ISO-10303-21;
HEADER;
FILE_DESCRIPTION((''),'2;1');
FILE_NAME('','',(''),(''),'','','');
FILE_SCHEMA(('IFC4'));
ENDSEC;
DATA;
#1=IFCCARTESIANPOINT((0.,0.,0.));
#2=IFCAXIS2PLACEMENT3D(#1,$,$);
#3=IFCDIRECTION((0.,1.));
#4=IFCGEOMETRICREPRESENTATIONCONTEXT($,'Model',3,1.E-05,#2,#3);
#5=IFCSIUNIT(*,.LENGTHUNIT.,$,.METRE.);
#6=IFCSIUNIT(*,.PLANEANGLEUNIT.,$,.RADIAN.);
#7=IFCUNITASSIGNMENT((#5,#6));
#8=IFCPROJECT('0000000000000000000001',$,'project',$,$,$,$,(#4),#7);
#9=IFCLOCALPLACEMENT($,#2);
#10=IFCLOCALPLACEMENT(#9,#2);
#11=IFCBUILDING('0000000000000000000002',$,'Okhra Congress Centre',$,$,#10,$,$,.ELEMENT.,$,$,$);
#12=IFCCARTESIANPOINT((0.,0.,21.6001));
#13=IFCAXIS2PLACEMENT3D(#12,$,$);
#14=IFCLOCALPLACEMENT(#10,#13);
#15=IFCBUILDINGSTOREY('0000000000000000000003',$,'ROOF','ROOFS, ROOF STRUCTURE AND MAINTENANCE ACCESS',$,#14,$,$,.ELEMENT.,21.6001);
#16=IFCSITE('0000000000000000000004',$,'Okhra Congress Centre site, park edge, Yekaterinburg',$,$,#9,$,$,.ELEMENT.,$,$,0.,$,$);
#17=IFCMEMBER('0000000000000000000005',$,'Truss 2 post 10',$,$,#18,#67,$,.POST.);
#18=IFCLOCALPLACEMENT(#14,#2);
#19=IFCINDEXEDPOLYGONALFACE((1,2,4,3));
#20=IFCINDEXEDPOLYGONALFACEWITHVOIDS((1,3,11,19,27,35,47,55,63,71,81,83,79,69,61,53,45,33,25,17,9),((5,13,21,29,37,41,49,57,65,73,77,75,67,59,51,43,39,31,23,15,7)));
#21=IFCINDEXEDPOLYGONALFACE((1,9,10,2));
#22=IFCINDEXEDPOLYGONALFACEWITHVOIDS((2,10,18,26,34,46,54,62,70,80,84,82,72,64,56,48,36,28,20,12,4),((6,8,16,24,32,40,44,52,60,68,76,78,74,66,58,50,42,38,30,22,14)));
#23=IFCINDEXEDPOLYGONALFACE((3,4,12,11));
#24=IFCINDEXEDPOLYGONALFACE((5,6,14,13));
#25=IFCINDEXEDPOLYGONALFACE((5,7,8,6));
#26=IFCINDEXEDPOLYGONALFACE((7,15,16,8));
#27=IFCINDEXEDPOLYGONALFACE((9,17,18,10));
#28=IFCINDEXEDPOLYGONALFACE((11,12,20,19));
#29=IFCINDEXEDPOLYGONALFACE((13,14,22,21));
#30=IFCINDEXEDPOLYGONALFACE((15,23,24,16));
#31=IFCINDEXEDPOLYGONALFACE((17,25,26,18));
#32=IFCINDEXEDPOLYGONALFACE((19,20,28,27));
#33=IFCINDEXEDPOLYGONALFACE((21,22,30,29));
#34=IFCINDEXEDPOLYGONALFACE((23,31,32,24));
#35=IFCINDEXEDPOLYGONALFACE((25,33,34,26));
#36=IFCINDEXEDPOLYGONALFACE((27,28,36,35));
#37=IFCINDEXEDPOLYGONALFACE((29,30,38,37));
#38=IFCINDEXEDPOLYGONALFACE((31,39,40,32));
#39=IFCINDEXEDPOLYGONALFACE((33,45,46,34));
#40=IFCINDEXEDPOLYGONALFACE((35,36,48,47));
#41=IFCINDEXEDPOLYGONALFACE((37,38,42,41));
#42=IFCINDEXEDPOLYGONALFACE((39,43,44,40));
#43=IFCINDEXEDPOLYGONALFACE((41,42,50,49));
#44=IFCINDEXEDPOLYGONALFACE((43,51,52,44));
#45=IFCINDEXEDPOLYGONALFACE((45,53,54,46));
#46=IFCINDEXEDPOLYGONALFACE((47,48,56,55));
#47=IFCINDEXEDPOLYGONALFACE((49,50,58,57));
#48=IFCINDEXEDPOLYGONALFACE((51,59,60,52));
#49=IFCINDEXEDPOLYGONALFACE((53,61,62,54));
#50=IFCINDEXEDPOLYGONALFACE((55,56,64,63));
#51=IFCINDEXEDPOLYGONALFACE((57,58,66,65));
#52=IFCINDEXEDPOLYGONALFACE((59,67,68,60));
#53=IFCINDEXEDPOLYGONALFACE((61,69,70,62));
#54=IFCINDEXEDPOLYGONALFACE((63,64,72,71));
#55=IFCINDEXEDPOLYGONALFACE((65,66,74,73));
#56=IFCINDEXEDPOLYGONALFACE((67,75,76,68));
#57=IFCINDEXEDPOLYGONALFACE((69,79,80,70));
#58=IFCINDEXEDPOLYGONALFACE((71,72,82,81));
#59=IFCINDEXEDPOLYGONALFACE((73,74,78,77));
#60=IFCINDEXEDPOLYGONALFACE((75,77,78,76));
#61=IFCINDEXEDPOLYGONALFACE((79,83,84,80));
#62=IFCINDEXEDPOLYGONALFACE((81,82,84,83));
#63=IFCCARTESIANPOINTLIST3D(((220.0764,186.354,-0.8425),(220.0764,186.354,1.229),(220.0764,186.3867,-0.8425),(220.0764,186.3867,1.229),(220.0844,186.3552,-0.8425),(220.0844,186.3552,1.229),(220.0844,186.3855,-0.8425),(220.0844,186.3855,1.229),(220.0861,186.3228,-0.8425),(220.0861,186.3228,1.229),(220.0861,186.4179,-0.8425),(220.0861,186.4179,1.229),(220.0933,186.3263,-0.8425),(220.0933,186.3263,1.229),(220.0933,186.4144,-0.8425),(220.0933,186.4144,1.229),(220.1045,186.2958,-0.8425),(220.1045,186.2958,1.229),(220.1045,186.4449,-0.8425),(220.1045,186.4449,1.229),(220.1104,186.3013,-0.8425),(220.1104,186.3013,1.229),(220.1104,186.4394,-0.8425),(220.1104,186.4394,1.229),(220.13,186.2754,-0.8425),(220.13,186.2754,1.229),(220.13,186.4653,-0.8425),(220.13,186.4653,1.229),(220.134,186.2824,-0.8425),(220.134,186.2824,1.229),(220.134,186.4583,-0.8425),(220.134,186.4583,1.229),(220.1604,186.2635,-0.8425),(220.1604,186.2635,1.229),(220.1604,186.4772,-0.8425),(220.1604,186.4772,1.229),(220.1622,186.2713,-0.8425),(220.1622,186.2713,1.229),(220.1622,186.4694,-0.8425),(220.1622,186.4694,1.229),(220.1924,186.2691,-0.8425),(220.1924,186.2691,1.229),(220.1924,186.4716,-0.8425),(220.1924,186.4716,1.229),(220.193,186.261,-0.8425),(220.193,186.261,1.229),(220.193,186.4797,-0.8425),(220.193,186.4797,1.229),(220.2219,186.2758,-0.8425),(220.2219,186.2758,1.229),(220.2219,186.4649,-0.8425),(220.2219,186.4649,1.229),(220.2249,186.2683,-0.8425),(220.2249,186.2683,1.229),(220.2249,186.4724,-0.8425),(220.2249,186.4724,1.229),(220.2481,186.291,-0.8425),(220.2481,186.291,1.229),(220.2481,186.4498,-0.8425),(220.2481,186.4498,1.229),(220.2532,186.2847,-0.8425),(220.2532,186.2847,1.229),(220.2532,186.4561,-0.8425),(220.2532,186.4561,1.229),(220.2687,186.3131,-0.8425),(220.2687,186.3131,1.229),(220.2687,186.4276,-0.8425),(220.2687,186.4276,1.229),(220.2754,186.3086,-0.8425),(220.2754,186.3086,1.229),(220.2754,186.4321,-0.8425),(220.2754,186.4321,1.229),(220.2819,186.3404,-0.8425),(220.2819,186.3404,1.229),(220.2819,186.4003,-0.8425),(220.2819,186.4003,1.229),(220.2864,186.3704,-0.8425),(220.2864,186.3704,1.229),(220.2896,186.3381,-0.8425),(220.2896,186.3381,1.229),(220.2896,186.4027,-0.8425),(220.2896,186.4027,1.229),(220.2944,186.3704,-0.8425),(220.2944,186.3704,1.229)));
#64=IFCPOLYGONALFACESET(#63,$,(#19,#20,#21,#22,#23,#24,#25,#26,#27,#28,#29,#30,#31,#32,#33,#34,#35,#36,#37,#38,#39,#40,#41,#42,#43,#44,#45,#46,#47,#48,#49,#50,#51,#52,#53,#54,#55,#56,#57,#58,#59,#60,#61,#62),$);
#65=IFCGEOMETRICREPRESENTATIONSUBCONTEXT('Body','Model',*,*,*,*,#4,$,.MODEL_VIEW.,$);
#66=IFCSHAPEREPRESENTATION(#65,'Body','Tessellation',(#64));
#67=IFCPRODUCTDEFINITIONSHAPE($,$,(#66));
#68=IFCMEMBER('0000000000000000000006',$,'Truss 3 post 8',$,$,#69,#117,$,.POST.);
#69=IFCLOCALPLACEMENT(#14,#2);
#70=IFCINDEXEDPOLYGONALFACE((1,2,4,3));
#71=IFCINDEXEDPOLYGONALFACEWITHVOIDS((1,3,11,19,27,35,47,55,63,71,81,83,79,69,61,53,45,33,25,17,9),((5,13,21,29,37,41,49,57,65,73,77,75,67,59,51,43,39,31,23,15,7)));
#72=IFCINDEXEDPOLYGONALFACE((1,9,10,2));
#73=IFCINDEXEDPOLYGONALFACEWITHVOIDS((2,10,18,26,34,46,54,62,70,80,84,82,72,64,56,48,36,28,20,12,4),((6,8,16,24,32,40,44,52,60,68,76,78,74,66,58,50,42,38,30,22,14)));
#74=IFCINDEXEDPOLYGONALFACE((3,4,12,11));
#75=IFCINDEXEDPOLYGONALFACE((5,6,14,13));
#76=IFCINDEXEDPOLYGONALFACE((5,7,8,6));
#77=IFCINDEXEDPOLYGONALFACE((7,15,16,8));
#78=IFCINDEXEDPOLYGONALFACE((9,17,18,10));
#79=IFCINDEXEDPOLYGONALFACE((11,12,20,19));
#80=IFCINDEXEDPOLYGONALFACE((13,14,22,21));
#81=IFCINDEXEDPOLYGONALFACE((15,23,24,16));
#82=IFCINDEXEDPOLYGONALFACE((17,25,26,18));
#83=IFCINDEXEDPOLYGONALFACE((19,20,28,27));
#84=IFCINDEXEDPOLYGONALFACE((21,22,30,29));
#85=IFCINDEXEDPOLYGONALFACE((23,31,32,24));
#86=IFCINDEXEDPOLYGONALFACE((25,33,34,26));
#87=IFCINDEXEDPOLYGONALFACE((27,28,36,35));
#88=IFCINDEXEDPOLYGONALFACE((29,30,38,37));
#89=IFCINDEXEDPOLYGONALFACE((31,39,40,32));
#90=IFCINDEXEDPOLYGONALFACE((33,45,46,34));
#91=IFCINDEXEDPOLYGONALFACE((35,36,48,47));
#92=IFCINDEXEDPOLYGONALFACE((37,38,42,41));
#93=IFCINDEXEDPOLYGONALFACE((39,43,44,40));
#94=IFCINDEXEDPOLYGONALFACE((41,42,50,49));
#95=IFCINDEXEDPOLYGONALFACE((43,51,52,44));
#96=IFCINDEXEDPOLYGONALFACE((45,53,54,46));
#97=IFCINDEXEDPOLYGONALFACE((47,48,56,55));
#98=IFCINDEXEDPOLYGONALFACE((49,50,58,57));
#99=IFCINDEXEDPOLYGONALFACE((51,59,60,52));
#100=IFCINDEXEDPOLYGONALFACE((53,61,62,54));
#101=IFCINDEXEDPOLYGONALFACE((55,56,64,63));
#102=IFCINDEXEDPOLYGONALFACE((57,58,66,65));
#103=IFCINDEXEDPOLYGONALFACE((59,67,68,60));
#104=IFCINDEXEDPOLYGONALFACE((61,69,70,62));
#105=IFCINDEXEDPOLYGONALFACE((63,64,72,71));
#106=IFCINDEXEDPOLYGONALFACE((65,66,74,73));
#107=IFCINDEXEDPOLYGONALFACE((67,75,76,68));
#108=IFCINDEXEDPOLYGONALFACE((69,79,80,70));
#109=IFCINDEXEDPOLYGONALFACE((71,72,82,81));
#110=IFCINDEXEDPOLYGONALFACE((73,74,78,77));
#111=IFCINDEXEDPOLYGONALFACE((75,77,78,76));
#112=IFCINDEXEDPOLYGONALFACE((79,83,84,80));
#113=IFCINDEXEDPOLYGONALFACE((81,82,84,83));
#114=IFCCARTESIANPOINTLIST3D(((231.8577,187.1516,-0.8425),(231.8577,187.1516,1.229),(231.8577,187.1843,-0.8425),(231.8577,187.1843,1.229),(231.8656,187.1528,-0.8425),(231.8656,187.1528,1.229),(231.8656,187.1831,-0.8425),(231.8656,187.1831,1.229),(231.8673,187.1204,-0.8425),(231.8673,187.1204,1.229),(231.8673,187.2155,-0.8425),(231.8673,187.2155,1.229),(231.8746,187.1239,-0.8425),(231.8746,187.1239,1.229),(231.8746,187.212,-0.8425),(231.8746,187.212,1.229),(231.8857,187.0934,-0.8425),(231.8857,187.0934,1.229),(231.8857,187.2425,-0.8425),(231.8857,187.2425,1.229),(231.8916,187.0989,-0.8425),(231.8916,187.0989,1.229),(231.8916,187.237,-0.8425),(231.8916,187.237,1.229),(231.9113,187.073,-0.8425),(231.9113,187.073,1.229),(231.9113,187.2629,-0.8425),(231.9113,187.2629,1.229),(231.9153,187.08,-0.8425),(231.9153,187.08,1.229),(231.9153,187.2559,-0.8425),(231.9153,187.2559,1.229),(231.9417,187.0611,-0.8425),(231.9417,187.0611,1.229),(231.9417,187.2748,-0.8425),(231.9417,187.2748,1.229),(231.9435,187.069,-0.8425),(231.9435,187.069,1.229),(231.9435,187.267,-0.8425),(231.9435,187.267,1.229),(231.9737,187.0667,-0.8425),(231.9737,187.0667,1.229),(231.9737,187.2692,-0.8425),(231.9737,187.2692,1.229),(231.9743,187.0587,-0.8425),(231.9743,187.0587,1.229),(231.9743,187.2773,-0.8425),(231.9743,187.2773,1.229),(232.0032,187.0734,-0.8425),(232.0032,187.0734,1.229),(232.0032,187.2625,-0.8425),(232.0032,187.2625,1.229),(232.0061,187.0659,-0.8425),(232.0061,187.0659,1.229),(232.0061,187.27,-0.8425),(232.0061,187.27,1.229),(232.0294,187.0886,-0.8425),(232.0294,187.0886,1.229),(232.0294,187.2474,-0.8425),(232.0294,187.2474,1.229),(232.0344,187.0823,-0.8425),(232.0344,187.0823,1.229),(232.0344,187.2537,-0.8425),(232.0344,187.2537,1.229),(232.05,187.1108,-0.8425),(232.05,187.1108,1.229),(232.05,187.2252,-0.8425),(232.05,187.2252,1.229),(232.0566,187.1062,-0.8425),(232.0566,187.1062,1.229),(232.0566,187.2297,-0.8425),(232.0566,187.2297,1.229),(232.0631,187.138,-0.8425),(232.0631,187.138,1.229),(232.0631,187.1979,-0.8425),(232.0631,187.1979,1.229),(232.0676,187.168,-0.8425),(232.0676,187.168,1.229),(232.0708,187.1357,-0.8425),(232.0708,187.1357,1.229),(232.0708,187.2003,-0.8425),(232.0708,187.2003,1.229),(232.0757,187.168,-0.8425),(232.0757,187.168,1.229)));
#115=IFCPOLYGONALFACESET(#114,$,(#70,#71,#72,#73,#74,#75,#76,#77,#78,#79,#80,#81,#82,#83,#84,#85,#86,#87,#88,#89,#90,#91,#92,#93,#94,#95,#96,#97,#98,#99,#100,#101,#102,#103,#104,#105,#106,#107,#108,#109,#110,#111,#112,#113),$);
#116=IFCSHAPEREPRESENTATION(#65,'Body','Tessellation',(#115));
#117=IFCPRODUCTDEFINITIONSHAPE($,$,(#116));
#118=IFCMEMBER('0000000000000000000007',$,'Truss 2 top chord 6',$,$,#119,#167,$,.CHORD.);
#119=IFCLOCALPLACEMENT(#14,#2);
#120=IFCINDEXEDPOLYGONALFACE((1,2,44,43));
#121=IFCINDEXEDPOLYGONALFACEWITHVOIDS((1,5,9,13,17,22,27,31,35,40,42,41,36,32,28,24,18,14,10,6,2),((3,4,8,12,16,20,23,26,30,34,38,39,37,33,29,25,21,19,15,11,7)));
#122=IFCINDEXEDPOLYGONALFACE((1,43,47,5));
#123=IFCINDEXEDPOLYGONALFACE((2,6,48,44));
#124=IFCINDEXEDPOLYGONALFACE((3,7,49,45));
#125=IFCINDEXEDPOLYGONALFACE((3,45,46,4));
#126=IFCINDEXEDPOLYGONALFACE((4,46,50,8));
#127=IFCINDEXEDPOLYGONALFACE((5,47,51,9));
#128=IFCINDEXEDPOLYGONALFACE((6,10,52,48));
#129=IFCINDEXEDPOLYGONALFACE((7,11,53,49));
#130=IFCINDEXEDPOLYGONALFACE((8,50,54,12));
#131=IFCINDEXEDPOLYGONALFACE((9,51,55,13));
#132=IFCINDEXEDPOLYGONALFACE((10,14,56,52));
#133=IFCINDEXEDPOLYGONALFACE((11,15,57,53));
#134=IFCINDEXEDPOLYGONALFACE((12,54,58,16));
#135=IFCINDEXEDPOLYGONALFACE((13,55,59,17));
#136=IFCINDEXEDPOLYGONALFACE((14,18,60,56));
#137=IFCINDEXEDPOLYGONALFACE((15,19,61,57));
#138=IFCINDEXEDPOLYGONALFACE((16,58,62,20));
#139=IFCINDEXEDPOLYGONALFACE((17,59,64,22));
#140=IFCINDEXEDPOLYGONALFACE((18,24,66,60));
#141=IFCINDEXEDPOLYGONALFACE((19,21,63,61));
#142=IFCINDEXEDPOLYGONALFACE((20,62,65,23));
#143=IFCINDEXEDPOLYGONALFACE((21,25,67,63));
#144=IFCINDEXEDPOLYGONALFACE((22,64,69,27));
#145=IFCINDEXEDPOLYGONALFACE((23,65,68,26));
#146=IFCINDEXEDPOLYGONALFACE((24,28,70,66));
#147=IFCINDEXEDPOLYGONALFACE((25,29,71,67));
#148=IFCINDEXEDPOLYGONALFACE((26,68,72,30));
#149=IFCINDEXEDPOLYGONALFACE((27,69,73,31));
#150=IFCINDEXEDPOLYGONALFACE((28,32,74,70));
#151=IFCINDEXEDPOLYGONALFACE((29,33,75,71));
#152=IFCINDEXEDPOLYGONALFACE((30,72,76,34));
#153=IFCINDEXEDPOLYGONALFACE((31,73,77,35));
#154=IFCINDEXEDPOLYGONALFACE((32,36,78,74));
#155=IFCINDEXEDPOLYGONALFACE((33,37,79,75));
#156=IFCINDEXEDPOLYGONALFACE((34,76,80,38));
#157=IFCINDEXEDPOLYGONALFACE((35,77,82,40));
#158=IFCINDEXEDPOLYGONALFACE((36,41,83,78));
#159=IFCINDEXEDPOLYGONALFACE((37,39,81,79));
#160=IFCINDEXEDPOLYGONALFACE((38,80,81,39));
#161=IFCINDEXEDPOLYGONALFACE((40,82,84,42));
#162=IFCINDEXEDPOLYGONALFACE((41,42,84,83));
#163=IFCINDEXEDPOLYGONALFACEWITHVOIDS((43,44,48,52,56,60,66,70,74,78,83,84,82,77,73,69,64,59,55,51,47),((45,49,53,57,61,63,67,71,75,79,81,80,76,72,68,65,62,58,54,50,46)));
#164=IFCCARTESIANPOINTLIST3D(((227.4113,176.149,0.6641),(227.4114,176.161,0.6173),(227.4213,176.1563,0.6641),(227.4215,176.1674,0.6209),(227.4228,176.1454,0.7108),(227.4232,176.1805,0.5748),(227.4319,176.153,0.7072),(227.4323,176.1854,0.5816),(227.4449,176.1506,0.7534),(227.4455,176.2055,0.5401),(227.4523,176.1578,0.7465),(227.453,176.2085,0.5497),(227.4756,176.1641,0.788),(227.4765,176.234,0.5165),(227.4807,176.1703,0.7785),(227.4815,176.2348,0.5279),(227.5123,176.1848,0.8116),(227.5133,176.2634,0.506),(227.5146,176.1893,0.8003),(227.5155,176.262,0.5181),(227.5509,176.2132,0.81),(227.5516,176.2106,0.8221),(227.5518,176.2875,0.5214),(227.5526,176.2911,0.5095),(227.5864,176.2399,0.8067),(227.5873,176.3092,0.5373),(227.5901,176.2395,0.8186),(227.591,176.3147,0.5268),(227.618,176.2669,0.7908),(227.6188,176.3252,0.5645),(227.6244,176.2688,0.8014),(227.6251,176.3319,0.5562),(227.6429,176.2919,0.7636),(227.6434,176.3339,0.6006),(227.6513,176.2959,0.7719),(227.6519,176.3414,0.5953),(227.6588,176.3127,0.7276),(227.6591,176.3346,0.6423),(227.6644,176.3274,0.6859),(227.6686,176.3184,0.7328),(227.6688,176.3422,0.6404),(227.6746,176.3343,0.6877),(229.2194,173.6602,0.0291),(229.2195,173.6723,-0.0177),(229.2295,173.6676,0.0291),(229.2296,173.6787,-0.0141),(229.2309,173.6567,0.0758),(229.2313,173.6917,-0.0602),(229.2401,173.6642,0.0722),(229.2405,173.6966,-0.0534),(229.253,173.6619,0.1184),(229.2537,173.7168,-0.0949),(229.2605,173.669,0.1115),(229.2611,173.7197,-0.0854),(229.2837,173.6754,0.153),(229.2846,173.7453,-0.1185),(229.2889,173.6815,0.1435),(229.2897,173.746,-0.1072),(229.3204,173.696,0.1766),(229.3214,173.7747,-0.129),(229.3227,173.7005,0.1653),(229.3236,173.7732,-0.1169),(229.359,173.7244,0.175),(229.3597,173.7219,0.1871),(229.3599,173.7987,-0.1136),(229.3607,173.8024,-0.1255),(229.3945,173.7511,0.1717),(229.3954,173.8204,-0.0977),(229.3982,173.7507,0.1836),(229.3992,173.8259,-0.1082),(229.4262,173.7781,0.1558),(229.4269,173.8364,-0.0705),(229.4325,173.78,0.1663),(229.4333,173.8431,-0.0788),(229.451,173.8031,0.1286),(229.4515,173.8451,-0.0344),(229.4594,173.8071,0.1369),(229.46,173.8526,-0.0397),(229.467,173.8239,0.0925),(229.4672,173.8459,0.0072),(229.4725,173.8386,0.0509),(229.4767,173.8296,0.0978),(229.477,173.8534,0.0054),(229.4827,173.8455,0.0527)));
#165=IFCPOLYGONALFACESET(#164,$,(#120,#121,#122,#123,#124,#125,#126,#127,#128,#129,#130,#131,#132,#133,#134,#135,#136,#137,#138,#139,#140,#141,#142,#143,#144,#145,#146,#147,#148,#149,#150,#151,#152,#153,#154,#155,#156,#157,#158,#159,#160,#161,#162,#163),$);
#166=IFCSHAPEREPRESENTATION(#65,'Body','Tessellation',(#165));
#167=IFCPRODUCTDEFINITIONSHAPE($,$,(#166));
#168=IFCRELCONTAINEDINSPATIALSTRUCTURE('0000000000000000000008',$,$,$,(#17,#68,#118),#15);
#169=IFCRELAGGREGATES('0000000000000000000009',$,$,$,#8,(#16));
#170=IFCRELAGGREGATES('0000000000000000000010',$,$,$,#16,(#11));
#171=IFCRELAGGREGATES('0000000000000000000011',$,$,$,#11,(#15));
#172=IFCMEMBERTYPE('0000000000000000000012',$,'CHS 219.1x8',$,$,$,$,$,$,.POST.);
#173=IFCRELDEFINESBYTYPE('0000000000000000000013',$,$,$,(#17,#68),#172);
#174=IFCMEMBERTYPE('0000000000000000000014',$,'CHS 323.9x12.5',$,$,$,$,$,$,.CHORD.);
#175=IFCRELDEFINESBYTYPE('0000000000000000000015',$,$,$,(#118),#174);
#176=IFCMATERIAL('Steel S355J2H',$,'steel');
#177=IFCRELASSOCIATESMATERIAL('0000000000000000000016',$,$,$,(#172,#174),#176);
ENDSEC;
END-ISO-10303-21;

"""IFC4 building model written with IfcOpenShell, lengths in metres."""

from ifc_helpers import new_model, si_unit, direction, frame, origin, origin_2d, place, context, subcontext, project, spatial, hollow_circle, extrude, material, material_profile, profile_set, type_object, element, save


model = new_model("IFC4")

# Units and contexts
model_context = context("Model", 3, precision=1e-05, world=origin(), true_north=direction((0.0, 1.0)))
body_context = subcontext(model_context, "Body", "Model", "MODEL_VIEW")
ifc_project = project(units=[si_unit("LENGTHUNIT", "METRE"), si_unit("PLANEANGLEUNIT", "RADIAN")], contexts=[model_context])

# Site, building, storey
site_placement = place(None, origin())
site = spatial("IfcSite", under=ifc_project, at=site_placement, Name="Okhra Congress Centre site, park edge, Yekaterinburg", CompositionType="ELEMENT", RefElevation=0.0)
building_placement = place(site_placement, origin())
building = spatial("IfcBuilding", under=site, at=building_placement, Name="Okhra Congress Centre", CompositionType="ELEMENT")
storey_placement = place(building_placement, frame((0.0, 0.0, 21.6001)))
storey = spatial("IfcBuildingStorey", under=building, at=storey_placement, Name="ROOF", Description="ROOFS, ROOF STRUCTURE AND MAINTENANCE ACCESS", CompositionType="ELEMENT", Elevation=21.6001)

# Members
ifc_material_1 = material(Name="Steel S355J2H", Category="steel")
ifc_material_profile_1 = material_profile(ifc_material_1, hollow_circle(Radius=0.1096, WallThickness=0.0081, at=origin_2d()), Name="CHS 219.1x8")
ifc_profile_set_1 = profile_set([ifc_material_profile_1], Name="Steel S355J2H")
member_type_1 = type_object("IfcMemberType", Name="CHS 219.1x8", PredefinedType="POST", material=ifc_profile_set_1)
for number, where, z_axis, x_axis, name in (
    (1, (220.1848, 186.3704, -0.8425), (0.0, 0.0, 1.0), (1.0, 0.0, 0.0), "Truss 2 post 10"),
    (2, (231.9661, 187.168, -0.8425), (0.0, 0.0, 1.0), (1.0, 0.0, 0.0), "Truss 3 post 8"),
):
    element("IfcMember", number, at=place(storey_placement, frame(where, z_axis=z_axis, x_axis=x_axis)), inside=storey, type_object=member_type_1, Name=name, PredefinedType="POST", context=body_context, shape_type="SweptSolid", body=[
        extrude(hollow_circle(Radius=0.1096, WallThickness=0.0081, at=origin_2d()), origin(), (0.0, 0.0, 1.0), 2.0715),
    ])
ifc_material_profile_2 = material_profile(ifc_material_1, hollow_circle(Radius=0.1619, WallThickness=0.0125, at=origin_2d()), Name="CHS 323.9x12.5")
ifc_profile_set_2 = profile_set([ifc_material_profile_2], Name="Steel S355J2H")
member_type_2 = type_object("IfcMemberType", Name="CHS 323.9x12.5", PredefinedType="CHORD", material=ifc_profile_set_2)
for number, where, z_axis, x_axis, name in (
    (3, (229.3503, 173.7554, 0.0291), (-0.57563, 0.792326, 0.202162), (-0.809031, -0.587766, 0.0), "Truss 2 top chord 6"),
):
    element("IfcMember", number, at=place(storey_placement, frame(where, z_axis=z_axis, x_axis=x_axis)), inside=storey, type_object=member_type_2, Name=name, PredefinedType="CHORD", context=body_context, shape_type="SweptSolid", body=[
        extrude(hollow_circle(Radius=0.1619, WallThickness=0.0125, at=origin_2d()), origin(), (0.0, 0.0, 1.0), 3.1411),
    ])

save(model, "model.ifc")
